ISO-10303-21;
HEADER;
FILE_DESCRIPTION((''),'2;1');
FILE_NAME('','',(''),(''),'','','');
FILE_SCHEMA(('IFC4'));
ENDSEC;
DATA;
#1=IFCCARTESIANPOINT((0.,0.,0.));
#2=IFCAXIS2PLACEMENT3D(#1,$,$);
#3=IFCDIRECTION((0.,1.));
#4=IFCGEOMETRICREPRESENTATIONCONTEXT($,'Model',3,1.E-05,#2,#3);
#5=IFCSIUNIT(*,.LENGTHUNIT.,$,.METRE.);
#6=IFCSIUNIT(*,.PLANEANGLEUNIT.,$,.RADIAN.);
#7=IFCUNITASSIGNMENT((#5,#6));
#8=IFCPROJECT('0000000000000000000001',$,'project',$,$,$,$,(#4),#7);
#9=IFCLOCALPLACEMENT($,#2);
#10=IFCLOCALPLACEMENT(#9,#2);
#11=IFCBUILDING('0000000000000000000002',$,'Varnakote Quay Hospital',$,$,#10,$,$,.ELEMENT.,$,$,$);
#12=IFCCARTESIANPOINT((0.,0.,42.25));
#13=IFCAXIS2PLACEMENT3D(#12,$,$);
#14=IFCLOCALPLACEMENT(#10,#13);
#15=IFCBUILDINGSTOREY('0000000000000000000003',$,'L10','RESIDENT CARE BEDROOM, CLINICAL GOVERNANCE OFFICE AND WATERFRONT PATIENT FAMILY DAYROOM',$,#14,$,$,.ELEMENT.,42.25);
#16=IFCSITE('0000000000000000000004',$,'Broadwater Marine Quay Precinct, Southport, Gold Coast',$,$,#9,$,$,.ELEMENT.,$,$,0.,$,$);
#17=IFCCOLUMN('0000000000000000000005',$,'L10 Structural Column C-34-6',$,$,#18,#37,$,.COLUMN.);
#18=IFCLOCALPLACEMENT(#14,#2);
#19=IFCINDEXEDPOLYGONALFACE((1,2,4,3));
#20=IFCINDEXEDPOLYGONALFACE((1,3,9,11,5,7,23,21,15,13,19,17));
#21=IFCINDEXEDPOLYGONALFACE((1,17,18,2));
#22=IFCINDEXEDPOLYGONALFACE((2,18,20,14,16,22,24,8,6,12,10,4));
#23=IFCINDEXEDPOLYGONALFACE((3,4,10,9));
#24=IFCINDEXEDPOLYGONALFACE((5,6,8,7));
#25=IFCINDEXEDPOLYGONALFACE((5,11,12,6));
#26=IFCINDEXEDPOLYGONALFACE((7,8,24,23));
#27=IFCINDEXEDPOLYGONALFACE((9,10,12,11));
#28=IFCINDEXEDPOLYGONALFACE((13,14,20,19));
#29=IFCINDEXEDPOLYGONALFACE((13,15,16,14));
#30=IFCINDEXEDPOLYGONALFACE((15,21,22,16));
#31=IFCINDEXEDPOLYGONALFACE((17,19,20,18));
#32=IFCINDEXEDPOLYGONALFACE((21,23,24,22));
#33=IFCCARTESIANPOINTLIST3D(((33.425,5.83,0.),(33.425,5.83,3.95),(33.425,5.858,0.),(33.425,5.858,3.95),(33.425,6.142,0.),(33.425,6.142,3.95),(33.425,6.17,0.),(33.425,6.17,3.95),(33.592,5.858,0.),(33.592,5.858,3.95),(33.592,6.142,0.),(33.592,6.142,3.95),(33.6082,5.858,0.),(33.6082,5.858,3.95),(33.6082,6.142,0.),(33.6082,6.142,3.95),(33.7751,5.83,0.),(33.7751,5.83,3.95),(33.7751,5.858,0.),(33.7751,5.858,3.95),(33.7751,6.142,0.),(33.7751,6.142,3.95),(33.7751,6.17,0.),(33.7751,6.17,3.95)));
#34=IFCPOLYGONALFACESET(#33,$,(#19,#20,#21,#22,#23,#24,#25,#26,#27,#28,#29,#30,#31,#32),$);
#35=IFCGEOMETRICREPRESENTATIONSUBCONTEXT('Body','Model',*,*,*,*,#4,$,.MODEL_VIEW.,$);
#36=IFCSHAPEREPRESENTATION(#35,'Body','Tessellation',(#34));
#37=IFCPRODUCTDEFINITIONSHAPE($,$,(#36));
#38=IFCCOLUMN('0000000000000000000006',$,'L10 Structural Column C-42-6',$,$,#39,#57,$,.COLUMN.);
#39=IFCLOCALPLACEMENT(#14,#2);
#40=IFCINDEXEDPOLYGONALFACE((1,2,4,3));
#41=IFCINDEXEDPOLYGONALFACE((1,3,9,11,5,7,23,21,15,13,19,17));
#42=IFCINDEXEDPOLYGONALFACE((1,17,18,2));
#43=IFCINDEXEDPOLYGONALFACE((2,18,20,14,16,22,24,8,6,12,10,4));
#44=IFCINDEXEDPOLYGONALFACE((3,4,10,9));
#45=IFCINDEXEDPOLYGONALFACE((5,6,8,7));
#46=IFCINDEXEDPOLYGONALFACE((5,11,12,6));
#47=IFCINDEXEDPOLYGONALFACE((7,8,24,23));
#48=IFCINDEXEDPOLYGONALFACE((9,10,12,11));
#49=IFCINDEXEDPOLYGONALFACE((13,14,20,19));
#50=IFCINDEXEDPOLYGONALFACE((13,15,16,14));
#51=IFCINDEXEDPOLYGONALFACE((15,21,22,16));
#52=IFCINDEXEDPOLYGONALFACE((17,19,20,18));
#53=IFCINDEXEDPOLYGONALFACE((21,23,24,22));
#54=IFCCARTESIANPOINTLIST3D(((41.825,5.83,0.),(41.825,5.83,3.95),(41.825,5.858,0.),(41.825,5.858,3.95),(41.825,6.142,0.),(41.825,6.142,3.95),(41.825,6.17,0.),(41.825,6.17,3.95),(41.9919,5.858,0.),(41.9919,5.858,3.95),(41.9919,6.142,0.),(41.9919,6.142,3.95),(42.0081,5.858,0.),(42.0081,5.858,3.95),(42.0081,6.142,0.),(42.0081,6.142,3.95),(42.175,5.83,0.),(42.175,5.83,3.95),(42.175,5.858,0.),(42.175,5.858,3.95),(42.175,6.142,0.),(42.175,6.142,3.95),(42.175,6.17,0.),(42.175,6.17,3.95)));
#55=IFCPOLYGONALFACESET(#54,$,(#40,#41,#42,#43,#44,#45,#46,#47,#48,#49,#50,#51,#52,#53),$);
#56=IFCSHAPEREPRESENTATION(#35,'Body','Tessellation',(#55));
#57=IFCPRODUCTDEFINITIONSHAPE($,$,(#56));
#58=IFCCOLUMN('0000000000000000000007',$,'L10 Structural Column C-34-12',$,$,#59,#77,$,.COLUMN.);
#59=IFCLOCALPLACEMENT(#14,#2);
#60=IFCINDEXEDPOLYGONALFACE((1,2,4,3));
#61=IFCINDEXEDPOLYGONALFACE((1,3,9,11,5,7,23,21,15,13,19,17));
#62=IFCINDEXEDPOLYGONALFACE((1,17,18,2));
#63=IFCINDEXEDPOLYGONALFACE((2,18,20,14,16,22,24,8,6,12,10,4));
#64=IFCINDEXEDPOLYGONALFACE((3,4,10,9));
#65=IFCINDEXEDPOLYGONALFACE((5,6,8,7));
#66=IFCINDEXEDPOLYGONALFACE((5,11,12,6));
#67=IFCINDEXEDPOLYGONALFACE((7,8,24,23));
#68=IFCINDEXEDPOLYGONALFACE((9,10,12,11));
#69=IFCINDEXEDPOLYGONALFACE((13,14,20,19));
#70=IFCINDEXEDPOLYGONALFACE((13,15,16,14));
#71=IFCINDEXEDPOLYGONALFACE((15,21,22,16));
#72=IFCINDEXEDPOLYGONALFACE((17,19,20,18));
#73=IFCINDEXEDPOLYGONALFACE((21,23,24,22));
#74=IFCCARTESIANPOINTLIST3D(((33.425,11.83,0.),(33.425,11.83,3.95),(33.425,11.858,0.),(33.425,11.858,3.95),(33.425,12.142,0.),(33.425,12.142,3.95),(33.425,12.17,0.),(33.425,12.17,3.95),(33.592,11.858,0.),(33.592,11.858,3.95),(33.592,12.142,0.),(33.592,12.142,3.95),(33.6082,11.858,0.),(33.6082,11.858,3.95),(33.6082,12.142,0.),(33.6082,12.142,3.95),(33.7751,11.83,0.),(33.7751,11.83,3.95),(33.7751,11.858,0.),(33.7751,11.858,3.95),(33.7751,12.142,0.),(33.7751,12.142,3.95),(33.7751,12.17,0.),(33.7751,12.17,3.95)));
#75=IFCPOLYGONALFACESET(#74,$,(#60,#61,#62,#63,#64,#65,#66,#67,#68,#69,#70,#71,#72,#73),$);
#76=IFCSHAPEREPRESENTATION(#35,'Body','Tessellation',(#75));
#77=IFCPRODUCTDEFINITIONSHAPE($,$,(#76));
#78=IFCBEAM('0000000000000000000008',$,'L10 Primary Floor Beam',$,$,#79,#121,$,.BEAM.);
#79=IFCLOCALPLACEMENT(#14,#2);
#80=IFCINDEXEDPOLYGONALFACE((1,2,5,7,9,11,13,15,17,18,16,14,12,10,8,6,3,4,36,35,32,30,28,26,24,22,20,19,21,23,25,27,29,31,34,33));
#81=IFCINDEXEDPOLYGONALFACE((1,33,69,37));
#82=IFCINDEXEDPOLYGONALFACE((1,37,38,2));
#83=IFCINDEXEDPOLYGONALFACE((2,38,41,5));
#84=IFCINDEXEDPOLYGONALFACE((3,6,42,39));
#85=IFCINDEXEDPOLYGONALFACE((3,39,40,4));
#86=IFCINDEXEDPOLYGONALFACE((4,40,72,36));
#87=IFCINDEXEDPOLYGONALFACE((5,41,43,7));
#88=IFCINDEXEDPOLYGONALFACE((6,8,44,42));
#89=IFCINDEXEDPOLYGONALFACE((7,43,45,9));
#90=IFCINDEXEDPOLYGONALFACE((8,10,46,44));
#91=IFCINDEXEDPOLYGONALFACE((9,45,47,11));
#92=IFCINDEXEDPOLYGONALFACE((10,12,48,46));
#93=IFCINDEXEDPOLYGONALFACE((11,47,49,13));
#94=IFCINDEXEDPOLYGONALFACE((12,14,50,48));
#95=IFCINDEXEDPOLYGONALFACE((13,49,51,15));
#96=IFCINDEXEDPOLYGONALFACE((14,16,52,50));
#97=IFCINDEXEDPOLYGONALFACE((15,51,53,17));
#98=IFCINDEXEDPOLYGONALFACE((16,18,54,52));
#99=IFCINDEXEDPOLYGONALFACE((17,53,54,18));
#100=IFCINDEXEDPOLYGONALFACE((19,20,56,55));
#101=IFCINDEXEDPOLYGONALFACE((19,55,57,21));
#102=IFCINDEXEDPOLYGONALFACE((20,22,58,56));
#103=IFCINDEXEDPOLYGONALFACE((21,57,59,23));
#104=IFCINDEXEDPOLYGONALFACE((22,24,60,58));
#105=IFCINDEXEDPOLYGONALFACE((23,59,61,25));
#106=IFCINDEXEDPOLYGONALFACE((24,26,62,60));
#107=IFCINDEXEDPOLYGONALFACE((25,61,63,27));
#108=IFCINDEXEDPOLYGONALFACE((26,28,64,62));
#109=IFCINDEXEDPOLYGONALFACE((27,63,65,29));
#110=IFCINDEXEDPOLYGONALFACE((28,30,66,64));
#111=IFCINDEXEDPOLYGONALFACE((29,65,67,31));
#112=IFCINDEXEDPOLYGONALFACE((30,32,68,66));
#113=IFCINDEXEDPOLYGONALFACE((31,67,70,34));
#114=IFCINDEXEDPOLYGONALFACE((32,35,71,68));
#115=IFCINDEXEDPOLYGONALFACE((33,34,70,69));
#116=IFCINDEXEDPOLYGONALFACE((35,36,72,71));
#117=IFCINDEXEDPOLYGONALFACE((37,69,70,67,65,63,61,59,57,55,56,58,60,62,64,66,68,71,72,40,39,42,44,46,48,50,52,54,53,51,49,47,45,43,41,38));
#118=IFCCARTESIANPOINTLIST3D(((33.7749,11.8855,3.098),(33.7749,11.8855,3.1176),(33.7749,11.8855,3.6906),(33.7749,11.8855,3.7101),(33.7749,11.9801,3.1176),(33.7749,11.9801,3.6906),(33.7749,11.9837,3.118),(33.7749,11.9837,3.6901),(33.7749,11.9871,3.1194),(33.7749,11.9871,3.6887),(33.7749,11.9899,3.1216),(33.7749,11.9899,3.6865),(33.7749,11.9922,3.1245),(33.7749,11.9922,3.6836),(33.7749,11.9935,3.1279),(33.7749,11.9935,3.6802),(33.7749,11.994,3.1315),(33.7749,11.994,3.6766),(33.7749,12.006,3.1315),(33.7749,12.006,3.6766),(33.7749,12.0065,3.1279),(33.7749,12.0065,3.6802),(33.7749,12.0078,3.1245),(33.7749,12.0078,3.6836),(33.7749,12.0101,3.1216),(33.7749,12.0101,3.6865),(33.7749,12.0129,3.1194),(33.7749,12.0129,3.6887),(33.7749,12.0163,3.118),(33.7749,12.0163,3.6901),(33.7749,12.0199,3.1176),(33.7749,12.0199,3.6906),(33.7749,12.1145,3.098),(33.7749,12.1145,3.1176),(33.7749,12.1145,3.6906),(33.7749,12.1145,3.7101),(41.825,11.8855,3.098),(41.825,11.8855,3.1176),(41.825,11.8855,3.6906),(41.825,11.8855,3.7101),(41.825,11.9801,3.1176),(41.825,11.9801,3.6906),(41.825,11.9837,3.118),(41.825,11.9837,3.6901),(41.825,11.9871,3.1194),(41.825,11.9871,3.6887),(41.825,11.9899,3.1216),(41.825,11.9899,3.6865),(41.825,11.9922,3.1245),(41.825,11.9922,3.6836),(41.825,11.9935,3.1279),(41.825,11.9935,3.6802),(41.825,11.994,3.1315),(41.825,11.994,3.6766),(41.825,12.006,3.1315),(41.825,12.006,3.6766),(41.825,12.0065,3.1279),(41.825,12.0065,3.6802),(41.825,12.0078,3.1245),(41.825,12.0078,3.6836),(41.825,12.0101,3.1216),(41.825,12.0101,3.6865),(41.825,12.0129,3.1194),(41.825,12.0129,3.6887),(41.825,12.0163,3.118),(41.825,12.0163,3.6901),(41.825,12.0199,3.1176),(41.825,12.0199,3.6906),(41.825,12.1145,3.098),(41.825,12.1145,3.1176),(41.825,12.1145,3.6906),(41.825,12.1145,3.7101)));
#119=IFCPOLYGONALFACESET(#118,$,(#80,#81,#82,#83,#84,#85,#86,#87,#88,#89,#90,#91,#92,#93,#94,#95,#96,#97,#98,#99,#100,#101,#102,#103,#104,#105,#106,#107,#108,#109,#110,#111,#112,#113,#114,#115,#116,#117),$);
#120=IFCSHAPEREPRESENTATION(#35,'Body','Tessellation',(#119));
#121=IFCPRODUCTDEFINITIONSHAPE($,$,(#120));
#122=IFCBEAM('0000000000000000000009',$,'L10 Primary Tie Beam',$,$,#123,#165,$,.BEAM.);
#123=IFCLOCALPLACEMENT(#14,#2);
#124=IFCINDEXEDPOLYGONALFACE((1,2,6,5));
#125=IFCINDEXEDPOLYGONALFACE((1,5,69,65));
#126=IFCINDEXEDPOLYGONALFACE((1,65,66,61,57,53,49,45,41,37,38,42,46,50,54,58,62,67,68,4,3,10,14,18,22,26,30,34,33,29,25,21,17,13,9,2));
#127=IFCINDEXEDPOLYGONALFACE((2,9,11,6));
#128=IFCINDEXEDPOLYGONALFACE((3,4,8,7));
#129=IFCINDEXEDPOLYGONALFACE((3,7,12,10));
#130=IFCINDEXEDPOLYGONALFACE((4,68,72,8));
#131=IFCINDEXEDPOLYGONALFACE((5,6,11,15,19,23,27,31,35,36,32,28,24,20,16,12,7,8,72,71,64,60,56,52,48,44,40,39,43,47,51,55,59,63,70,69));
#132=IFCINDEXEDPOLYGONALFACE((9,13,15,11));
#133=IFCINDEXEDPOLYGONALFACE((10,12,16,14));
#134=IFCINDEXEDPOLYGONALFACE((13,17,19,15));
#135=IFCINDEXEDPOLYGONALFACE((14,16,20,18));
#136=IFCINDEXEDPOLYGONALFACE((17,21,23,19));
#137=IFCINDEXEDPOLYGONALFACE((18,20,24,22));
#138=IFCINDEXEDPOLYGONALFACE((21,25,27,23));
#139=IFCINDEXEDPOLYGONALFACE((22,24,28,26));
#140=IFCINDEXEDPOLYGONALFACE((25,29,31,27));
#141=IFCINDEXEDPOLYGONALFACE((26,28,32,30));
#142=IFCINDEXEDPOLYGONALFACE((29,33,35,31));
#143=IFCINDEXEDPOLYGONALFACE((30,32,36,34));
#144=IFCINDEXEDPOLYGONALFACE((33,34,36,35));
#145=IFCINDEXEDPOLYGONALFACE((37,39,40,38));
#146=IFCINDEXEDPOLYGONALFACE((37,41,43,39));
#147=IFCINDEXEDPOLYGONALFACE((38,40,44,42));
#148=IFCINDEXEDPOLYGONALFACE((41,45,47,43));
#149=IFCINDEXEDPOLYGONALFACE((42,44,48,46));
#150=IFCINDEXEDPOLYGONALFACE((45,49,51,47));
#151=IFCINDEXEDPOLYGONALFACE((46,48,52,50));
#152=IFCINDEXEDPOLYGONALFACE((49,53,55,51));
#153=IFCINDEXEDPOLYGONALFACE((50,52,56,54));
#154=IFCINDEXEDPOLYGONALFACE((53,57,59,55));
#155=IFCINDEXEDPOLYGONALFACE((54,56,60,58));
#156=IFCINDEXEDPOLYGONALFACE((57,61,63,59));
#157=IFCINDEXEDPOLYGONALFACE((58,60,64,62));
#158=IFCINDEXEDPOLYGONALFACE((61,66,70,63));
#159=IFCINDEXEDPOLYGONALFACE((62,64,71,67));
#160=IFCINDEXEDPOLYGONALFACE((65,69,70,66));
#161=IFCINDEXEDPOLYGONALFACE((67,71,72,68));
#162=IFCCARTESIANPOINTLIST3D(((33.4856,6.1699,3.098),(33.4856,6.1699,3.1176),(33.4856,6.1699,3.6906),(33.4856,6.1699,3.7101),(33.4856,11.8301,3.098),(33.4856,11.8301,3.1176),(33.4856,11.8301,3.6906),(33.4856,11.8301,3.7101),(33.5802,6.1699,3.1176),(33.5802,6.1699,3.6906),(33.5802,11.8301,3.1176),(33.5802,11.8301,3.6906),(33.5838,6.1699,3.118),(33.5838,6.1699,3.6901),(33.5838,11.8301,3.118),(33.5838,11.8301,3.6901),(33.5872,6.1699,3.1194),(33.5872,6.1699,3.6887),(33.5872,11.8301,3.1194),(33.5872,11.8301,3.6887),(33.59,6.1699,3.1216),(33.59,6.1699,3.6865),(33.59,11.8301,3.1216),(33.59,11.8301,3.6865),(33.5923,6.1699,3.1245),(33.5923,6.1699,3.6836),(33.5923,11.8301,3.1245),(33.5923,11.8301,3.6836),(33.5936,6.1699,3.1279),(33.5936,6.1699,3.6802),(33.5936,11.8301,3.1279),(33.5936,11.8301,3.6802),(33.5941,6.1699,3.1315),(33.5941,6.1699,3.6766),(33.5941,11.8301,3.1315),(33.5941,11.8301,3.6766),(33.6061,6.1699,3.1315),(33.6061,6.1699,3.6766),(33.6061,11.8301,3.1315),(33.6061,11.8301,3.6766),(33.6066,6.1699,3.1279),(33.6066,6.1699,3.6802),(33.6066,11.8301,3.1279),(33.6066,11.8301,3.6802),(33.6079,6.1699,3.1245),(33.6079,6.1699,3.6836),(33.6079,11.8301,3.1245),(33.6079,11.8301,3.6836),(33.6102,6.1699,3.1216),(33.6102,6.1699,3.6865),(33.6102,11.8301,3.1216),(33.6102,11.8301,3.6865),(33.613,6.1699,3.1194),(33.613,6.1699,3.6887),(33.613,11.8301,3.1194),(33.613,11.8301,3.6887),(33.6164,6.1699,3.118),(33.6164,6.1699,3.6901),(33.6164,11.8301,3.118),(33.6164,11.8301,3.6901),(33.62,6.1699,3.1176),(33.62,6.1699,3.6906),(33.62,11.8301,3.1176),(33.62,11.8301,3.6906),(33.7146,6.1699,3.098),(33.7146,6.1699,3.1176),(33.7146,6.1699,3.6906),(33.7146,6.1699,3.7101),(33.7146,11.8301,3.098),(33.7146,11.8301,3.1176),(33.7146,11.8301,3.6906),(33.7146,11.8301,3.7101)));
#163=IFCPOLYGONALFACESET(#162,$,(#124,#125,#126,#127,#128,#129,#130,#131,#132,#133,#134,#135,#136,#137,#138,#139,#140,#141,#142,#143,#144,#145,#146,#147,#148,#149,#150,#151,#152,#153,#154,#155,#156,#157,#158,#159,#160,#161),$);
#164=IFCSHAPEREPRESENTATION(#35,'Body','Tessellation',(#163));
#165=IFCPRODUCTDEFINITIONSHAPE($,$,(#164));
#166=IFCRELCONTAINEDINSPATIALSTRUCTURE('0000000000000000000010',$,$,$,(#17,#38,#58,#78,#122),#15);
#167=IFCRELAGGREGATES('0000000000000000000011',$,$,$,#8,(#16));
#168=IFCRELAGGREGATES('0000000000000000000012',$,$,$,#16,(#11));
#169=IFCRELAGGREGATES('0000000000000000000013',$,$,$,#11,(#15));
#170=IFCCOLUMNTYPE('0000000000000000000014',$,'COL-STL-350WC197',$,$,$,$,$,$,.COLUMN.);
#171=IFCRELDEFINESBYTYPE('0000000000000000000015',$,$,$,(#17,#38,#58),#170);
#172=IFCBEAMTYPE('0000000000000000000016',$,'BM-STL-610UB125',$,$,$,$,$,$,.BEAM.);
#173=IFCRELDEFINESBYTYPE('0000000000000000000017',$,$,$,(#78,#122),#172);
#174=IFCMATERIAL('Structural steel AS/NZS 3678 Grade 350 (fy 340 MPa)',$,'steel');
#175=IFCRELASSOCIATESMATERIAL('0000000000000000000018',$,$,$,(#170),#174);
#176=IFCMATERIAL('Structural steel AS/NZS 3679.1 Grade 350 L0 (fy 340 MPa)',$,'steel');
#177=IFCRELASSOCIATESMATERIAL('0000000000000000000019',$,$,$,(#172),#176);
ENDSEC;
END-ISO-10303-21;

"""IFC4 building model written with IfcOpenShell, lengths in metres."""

from ifc_helpers import new_model, si_unit, direction, frame, origin, origin_2d, place, context, subcontext, project, spatial, i_section, extrude, material, material_profile, profile_set, type_object, element, save


model = new_model("IFC4")

# Units and contexts
model_context = context("Model", 3, precision=1e-05, world=origin(), true_north=direction((0.0, 1.0)))
body_context = subcontext(model_context, "Body", "Model", "MODEL_VIEW")
ifc_project = project(units=[si_unit("LENGTHUNIT", "METRE"), si_unit("PLANEANGLEUNIT", "RADIAN")], contexts=[model_context])

# Site, building, storey
site_placement = place(None, origin())
site = spatial("IfcSite", under=ifc_project, at=site_placement, Name="Broadwater Marine Quay Precinct, Southport, Gold Coast", CompositionType="ELEMENT", RefElevation=0.0)
building_placement = place(site_placement, origin())
building = spatial("IfcBuilding", under=site, at=building_placement, Name="Varnakote Quay Hospital", CompositionType="ELEMENT")
storey_placement = place(building_placement, frame((0.0, 0.0, 42.25)))
storey = spatial("IfcBuildingStorey", under=building, at=storey_placement, Name="L10", Description="RESIDENT CARE BEDROOM, CLINICAL GOVERNANCE OFFICE AND WATERFRONT PATIENT FAMILY DAYROOM", CompositionType="ELEMENT", Elevation=42.25)

# Columns
ifc_material_1 = material(Name="Structural steel AS/NZS 3678 Grade 350 (fy 340 MPa)", Category="steel")
ifc_material_profile_1 = material_profile(ifc_material_1, i_section(OverallWidth=0.3501, OverallDepth=0.3401, WebThickness=0.0161, FlangeThickness=0.0281, at=origin_2d()), Name="350WC197")
ifc_profile_set_1 = profile_set([ifc_material_profile_1], Name="Structural steel AS/NZS 3678 Grade 350 (fy 340 MPa)")
column_type = type_object("IfcColumnType", Name="COL-STL-350WC197", PredefinedType="COLUMN", material=ifc_profile_set_1)
for number, where, z_axis, x_axis, name in (
    (1, (33.6001, 6.0, 0.0), (0.0, 0.0, 1.0), (1.0, 0.0, 0.0), "L10 Structural Column C-34-6"),
    (2, (42.0, 6.0, 0.0), (0.0, 0.0, 1.0), (1.0, 0.0, 0.0), "L10 Structural Column C-42-6"),
    (3, (33.6001, 12.0, 0.0), (0.0, 0.0, 1.0), (1.0, 0.0, 0.0), "L10 Structural Column C-34-12"),
):
    element("IfcColumn", number, at=place(storey_placement, frame(where, z_axis=z_axis, x_axis=x_axis)), inside=storey, type_object=column_type, Name=name, PredefinedType="COLUMN", context=body_context, shape_type="SweptSolid", body=[
        extrude(i_section(OverallWidth=0.3501, OverallDepth=0.3401, WebThickness=0.0161, FlangeThickness=0.0281, at=origin_2d()), origin(), (0.0, 0.0, 1.0), 3.95),
    ])

# Beams
ifc_material_2 = material(Name="Structural steel AS/NZS 3679.1 Grade 350 L0 (fy 340 MPa)", Category="steel")
ifc_material_profile_2 = material_profile(ifc_material_2, i_section(OverallWidth=0.229, OverallDepth=0.6121, WebThickness=0.012, FlangeThickness=0.0195, FilletRadius=0.0139, at=origin_2d()), Name="610UB125")
ifc_profile_set_2 = profile_set([ifc_material_profile_2], Name="Structural steel AS/NZS 3679.1 Grade 350 L0 (fy 340 MPa)")
beam_type_1 = type_object("IfcBeamType", Name="BM-STL-610UB125", PredefinedType="BEAM", material=ifc_profile_set_2)
beam_1_placement = place(storey_placement, frame((33.7749, 12.0, 3.4041), z_axis=(1.0, 0.0, 0.0), x_axis=(0.0, 1.0, 0.0)))
element("IfcBeam", 4, at=beam_1_placement, inside=storey, type_object=beam_type_1, Name="L10 Primary Floor Beam", PredefinedType="BEAM", context=body_context, shape_type="SweptSolid", body=[
    extrude(i_section(OverallWidth=0.229, OverallDepth=0.6121, WebThickness=0.012, FlangeThickness=0.0195, FilletRadius=0.0139, at=origin_2d()), origin(), (0.0, 0.0, 1.0), 8.05),
])
for number, where, z_axis, x_axis, name in (
    (5, (33.6001, 6.1699, 3.4041), (0.0, 1.0, 0.0), (-1.0, 0.0, 0.0), "L10 Primary Tie Beam"),
):
    element("IfcBeam", number, at=place(storey_placement, frame(where, z_axis=z_axis, x_axis=x_axis)), inside=storey, type_object=beam_type_1, Name=name, PredefinedType="BEAM", context=body_context, shape_type="SweptSolid", body=[
        extrude(i_section(OverallWidth=0.229, OverallDepth=0.6121, WebThickness=0.012, FlangeThickness=0.0195, FilletRadius=0.0139, at=origin_2d()), origin(), (0.0, 0.0, 1.0), 5.6602),
    ])

save(model, "model.ifc")
